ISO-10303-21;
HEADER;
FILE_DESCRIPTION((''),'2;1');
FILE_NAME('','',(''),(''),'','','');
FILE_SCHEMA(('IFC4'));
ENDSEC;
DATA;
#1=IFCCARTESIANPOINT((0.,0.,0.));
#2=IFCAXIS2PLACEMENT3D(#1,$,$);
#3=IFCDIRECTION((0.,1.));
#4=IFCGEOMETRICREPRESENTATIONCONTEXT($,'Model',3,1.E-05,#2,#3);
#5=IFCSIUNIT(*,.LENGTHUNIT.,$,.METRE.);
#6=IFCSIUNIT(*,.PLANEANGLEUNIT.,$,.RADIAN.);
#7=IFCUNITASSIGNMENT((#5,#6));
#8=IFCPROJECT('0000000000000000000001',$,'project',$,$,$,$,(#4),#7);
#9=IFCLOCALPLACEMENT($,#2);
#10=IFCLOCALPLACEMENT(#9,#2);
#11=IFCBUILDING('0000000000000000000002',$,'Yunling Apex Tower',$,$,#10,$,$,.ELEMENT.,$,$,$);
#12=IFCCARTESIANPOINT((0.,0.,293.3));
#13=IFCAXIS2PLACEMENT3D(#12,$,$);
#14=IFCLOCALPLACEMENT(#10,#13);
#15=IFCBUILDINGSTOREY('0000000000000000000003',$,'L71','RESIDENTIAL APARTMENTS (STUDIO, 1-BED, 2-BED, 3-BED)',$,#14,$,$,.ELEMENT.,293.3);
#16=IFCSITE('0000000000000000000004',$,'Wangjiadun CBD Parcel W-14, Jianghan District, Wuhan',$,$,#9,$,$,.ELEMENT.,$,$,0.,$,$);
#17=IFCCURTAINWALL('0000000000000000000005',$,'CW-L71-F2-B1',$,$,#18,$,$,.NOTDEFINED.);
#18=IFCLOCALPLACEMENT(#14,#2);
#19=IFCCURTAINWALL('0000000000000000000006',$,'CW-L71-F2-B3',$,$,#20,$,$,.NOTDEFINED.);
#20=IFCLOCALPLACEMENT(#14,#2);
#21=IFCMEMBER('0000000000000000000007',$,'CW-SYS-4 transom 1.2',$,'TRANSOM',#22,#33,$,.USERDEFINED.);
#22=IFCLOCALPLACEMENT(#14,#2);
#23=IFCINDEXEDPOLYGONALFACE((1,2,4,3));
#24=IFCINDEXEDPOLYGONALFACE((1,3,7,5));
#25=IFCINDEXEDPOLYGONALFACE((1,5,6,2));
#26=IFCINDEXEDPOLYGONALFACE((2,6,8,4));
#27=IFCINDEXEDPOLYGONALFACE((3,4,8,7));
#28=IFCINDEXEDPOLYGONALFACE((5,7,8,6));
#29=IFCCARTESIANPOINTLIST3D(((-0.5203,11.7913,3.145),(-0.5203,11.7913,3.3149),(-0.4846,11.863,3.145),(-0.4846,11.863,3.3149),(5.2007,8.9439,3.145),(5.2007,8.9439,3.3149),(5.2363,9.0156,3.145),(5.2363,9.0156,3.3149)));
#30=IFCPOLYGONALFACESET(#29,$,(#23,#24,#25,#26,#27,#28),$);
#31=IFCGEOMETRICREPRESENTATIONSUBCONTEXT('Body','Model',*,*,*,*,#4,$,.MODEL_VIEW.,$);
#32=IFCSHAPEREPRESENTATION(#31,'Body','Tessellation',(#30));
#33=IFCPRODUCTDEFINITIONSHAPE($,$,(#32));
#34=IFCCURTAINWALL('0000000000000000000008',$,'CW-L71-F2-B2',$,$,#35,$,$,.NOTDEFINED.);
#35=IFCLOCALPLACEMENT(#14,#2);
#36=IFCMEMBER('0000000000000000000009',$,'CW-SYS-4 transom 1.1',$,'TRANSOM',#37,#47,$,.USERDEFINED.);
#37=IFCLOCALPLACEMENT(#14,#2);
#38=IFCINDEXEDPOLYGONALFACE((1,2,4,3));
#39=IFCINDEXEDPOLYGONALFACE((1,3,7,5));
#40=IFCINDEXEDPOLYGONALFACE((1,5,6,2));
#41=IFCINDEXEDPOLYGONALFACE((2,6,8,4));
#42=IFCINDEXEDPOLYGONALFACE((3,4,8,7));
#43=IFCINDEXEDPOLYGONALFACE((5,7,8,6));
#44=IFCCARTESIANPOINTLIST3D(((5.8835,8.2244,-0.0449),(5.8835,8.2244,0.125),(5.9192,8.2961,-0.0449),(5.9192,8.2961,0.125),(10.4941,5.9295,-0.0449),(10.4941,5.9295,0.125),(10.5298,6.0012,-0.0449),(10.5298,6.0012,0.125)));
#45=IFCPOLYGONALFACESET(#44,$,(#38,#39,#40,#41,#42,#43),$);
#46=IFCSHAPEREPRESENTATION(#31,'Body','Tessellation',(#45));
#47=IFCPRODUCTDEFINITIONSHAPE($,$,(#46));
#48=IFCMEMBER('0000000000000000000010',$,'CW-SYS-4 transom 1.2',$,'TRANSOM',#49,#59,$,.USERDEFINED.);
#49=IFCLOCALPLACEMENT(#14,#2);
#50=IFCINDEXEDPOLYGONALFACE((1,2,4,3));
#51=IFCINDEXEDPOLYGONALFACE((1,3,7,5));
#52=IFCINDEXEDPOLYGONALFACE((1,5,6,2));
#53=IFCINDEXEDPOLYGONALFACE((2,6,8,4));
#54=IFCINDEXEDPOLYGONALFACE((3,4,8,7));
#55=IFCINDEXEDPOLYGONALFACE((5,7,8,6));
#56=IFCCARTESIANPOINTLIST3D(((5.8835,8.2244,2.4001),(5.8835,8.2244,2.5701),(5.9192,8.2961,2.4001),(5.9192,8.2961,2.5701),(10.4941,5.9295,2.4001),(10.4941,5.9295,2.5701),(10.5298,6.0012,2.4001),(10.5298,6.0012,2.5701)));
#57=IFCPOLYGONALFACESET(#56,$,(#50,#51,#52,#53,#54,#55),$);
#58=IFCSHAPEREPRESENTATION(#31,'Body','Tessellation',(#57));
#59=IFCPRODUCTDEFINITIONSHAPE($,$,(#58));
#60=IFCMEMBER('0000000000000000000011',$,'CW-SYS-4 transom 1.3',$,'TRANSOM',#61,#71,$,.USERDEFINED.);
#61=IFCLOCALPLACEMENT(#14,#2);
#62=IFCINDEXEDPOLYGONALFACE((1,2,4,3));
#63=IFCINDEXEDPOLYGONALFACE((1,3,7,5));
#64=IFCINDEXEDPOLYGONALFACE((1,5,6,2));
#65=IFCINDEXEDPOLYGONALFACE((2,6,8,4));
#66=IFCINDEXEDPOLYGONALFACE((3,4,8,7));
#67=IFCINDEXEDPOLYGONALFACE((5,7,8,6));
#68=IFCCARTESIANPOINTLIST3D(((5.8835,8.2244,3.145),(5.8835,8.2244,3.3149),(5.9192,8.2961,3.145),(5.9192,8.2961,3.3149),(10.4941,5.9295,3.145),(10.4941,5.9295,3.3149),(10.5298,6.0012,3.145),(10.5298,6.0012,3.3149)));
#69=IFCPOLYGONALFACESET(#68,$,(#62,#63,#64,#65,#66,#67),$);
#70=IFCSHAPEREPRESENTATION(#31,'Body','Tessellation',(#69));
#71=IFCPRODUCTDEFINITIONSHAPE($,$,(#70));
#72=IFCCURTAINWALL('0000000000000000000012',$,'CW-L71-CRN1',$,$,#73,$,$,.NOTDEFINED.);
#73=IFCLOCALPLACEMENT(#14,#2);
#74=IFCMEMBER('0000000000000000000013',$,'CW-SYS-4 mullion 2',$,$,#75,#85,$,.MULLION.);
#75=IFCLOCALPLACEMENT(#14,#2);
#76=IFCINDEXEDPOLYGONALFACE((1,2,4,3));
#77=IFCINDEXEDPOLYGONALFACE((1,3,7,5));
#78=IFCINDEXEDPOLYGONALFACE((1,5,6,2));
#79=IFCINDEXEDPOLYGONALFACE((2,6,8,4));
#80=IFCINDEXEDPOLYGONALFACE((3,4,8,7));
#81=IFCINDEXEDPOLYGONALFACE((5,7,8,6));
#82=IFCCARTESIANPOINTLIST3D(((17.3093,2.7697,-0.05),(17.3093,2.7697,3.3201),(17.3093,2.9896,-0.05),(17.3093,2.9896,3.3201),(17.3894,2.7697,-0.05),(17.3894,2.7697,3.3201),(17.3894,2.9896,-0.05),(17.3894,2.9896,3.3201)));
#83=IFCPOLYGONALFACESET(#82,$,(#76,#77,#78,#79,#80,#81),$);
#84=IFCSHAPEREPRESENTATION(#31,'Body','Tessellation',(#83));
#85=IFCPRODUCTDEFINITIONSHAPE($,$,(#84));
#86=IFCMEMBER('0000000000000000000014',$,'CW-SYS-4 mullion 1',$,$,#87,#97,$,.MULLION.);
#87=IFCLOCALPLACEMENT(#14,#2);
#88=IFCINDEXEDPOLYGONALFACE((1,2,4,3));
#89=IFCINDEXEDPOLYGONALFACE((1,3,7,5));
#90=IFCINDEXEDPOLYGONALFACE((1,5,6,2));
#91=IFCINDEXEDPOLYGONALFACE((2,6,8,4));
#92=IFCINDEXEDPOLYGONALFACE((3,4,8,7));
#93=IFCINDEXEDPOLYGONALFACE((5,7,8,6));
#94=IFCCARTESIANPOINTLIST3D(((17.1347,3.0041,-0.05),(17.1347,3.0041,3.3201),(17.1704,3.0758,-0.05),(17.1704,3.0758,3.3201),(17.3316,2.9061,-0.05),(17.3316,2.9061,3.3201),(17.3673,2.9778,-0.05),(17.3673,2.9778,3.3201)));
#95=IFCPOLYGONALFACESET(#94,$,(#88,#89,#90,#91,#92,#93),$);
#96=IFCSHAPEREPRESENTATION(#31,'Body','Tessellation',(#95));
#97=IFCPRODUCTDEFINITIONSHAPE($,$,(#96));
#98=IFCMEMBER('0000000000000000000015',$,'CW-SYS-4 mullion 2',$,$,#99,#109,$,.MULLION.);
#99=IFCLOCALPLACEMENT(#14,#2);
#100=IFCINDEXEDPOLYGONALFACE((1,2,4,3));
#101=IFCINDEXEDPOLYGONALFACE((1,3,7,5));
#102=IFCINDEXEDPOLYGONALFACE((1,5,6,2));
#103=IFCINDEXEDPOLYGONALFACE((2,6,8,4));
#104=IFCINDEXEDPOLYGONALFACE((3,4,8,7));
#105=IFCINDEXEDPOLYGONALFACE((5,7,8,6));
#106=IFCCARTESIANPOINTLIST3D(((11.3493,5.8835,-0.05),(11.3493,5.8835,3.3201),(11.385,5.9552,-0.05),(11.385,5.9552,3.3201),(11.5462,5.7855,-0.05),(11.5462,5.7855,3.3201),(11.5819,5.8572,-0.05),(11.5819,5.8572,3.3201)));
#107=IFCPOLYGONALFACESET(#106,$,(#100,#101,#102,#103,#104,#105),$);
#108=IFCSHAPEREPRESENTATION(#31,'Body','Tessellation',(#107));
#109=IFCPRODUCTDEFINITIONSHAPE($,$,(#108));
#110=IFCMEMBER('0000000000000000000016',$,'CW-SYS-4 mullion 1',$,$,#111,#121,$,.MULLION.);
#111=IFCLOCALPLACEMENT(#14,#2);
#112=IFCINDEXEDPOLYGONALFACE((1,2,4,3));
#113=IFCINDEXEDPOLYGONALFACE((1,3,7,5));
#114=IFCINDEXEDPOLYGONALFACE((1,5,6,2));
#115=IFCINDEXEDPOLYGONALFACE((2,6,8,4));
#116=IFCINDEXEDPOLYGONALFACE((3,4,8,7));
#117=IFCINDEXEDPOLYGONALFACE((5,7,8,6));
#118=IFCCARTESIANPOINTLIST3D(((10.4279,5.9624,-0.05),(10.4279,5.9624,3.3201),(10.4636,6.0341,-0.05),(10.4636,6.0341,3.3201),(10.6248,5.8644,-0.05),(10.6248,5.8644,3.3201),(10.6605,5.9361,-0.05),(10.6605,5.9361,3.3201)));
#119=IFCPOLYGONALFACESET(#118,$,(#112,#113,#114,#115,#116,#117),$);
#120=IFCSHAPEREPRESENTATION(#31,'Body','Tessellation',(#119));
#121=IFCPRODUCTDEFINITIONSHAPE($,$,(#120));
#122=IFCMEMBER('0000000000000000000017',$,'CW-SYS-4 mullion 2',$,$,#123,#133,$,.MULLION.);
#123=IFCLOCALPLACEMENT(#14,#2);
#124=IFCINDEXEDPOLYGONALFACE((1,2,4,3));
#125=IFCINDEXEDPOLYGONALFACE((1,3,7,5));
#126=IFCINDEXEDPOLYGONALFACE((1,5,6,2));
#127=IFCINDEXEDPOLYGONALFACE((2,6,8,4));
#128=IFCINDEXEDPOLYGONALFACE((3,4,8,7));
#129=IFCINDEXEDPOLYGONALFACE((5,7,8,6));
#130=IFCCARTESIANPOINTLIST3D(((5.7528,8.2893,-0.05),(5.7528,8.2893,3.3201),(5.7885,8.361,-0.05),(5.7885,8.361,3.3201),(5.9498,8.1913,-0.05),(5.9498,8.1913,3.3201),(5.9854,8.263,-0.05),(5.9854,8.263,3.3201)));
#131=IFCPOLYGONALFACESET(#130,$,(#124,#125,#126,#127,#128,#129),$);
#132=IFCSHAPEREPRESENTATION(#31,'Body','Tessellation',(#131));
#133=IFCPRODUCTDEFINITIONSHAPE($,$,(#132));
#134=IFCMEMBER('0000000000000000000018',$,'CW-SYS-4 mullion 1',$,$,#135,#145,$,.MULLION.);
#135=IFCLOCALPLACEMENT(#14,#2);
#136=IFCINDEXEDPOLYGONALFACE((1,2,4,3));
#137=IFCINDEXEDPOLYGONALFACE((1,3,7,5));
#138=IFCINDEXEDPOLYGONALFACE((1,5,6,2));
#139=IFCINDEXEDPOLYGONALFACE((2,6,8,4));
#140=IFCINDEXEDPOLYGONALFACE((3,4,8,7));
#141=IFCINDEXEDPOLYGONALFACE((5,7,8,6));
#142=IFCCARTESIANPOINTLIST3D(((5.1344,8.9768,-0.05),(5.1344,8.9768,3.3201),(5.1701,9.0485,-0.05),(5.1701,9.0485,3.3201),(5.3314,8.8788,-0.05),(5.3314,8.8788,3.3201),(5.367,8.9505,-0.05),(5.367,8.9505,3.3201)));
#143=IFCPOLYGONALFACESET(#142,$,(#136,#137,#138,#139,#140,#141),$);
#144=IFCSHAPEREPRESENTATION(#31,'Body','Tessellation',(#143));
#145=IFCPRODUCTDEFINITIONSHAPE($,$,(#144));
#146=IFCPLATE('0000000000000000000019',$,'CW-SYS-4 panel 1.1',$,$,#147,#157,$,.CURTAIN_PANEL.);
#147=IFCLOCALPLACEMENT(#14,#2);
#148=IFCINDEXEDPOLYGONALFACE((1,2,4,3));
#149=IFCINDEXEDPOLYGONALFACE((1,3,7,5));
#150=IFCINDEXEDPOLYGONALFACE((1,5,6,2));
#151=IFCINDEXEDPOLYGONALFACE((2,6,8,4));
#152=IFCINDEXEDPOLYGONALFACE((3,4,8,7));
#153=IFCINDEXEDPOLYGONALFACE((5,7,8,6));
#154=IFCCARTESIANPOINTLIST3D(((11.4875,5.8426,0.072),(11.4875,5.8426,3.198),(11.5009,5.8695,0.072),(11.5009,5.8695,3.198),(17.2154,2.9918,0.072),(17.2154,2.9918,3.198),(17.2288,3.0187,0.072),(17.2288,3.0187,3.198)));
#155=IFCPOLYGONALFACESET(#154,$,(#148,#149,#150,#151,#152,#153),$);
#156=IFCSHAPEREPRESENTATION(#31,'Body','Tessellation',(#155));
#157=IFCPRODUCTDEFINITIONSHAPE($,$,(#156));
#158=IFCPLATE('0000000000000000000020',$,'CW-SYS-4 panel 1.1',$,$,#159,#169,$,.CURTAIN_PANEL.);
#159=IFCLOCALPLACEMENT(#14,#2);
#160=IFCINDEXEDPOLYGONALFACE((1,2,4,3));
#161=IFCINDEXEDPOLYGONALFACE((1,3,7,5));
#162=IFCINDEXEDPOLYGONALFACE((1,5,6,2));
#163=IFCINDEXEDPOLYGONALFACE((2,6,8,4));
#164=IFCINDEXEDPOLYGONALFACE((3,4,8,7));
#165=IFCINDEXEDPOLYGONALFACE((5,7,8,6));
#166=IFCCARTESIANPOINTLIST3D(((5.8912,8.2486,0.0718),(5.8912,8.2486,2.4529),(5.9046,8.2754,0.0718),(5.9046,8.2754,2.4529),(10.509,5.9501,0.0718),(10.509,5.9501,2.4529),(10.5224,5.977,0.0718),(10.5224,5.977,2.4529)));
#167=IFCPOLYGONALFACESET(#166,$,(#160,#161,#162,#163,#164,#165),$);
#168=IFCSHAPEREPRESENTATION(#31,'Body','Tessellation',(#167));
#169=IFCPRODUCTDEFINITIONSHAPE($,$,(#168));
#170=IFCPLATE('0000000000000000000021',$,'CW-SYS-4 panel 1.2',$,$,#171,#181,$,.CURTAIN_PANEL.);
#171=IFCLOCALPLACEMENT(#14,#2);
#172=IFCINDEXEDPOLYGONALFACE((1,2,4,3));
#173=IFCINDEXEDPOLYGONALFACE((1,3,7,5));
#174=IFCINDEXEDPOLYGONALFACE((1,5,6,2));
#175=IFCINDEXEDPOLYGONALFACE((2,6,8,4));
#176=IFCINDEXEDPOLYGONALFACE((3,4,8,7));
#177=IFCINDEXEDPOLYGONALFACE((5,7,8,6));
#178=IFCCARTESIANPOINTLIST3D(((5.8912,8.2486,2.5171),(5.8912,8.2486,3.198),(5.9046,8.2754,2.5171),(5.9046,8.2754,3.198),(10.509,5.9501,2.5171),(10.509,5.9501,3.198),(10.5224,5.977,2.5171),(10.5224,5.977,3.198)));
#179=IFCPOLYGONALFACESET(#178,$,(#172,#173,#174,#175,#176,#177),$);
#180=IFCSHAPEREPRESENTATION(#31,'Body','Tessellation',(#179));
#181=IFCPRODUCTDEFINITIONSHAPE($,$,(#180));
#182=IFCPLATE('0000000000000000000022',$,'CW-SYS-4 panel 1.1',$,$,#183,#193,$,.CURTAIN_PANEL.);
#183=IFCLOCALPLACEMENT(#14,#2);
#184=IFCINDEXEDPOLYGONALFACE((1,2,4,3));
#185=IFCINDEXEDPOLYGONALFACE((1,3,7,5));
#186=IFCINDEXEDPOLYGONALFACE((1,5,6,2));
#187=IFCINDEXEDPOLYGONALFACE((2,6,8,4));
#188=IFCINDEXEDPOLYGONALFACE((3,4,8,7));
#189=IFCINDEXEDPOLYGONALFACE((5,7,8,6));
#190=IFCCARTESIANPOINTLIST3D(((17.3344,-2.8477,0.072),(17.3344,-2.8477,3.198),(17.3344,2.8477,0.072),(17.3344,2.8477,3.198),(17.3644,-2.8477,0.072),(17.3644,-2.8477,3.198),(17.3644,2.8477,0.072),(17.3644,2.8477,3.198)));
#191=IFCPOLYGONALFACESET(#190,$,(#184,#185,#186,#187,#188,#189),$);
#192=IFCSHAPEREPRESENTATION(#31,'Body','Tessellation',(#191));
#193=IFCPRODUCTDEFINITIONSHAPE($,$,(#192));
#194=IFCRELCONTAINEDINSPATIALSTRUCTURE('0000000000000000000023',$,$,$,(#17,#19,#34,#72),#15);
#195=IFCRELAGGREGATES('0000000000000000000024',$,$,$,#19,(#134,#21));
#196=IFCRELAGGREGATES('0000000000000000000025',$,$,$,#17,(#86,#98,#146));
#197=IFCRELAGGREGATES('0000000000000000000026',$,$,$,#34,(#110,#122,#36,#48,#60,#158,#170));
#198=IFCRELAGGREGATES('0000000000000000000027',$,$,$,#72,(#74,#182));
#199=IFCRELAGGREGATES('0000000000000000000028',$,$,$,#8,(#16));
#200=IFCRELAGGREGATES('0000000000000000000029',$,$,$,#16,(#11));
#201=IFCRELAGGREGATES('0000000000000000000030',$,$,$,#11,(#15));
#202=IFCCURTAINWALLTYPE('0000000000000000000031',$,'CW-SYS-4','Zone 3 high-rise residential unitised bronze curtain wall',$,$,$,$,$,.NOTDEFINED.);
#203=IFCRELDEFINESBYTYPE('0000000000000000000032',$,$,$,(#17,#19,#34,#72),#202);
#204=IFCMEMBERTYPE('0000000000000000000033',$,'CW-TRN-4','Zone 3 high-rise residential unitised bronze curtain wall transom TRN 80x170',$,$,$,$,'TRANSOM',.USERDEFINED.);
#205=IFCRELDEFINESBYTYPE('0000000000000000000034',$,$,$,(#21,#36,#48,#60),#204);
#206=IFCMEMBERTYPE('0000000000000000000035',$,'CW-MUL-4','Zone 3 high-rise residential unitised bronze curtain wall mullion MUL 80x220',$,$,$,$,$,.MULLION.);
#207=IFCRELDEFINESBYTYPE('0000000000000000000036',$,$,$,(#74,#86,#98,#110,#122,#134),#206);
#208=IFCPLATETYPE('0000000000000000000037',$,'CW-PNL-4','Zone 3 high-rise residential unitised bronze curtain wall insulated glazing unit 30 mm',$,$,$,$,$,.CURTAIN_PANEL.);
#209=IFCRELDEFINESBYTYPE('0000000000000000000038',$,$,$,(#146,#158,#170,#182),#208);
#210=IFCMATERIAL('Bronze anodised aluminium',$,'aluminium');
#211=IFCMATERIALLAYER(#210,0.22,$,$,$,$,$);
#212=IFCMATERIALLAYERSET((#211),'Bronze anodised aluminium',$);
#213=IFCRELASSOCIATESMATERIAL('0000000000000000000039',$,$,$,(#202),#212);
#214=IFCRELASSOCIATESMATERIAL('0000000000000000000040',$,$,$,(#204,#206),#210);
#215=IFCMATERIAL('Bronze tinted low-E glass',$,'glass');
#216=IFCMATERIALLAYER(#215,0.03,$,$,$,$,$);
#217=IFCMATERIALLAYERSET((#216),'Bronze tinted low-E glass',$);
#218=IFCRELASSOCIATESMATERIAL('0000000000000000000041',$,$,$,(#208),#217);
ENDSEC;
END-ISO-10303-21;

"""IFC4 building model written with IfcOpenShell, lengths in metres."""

from ifc_helpers import new_model, si_unit, direction, frame, origin, origin_2d, place, context, subcontext, project, spatial, rectangle, extrude, source, transform, mapped, material, layer, layer_set, material_profile, profile_set, type_object, element, aggregate, save


model = new_model("IFC4")

# Units and contexts
model_context = context("Model", 3, precision=1e-05, world=origin(), true_north=direction((0.0, 1.0)))
body_context = subcontext(model_context, "Body", "Model", "MODEL_VIEW")
ifc_project = project(units=[si_unit("LENGTHUNIT", "METRE"), si_unit("PLANEANGLEUNIT", "RADIAN")], contexts=[model_context])

# Site, building, storey
site_placement = place(None, origin())
site = spatial("IfcSite", under=ifc_project, at=site_placement, Name="Wangjiadun CBD Parcel W-14, Jianghan District, Wuhan", CompositionType="ELEMENT", RefElevation=0.0)
building_placement = place(site_placement, origin())
building = spatial("IfcBuilding", under=site, at=building_placement, Name="Yunling Apex Tower", CompositionType="ELEMENT")
storey_placement = place(building_placement, frame((0.0, 0.0, 293.3)))
storey = spatial("IfcBuildingStorey", under=building, at=storey_placement, Name="L71", Description="RESIDENTIAL APARTMENTS (STUDIO, 1-BED, 2-BED, 3-BED)", CompositionType="ELEMENT", Elevation=293.3)

# Curtain walls, members
ifc_material_1 = material(Name="Bronze anodised aluminium", Category="aluminium")
ifc_layer_1 = layer(ifc_material_1, 0.22)
ifc_layer_set_1 = layer_set([ifc_layer_1], Name="Bronze anodised aluminium")
curtain_wall_type = type_object("IfcCurtainWallType", Name="CW-SYS-4", Description="Zone 3 high-rise residential unitised bronze curtain wall", PredefinedType="NOTDEFINED", material=ifc_layer_set_1)
curtain_wall_1_placement = place(storey_placement, origin())
curtain_wall_1 = element("IfcCurtainWall", 1, at=curtain_wall_1_placement, inside=storey, type_object=curtain_wall_type, Name="CW-L71-F2-B1", PredefinedType="NOTDEFINED")
ifc_material_profile_1 = material_profile(ifc_material_1, rectangle(XDim=0.0801, YDim=0.1699, at=origin_2d()))
ifc_profile_set_1 = profile_set([ifc_material_profile_1], Name="Bronze anodised aluminium")
member_type_1 = type_object("IfcMemberType", Name="CW-TRN-4", Description="Zone 3 high-rise residential unitised bronze curtain wall transom TRN 80x170", ElementType="TRANSOM", PredefinedType="USERDEFINED", material=ifc_profile_set_1)
shared_shape_1 = source(origin(), body_context, "Body", "SweptSolid", [
    extrude(rectangle(XDim=0.0801, YDim=0.1699, at=origin_2d()), origin(), (0.0, 0.0, 1.0), 6.3904),
])
curtain_wall_2_placement = place(storey_placement, origin())
curtain_wall_2 = element("IfcCurtainWall", 2, at=curtain_wall_2_placement, inside=storey, type_object=curtain_wall_type, Name="CW-L71-F2-B3", PredefinedType="NOTDEFINED")
member_1_placement = place(storey_placement, frame((5.2185, 8.9797, 3.23), z_axis=(-0.895243, 0.445578, 0.0), x_axis=(-0.445578, -0.895243, 0.0)))
member_1 = element("IfcMember", 3, at=member_1_placement, type_object=member_type_1, Name="CW-SYS-4 transom 1.2", ObjectType="TRANSOM", PredefinedType="USERDEFINED", context=body_context, shape_type="MappedRepresentation", body=[
    mapped(shared_shape_1, transform((0.0, 0.0, 0.0), scale=1.0)),
])
curtain_wall_3_placement = place(storey_placement, origin())
curtain_wall_3 = element("IfcCurtainWall", 4, at=curtain_wall_3_placement, inside=storey, type_object=curtain_wall_type, Name="CW-L71-F2-B2", PredefinedType="NOTDEFINED")
shared_shape_2 = source(origin(), body_context, "Body", "SweptSolid", [
    extrude(rectangle(XDim=0.0801, YDim=0.1699, at=origin_2d()), origin(), (0.0, 0.0, 1.0), 5.1501),
])
member_2_placement = place(storey_placement, frame((10.512, 5.9653, 0.04), z_axis=(-0.895232, 0.445601, 0.0), x_axis=(-0.445601, -0.895232, 0.0)))
member_2 = element("IfcMember", 5, at=member_2_placement, type_object=member_type_1, Name="CW-SYS-4 transom 1.1", ObjectType="TRANSOM", PredefinedType="USERDEFINED", context=body_context, shape_type="MappedRepresentation", body=[
    mapped(shared_shape_2, transform((0.0, 0.0, 0.0), scale=1.0)),
])
member_3_placement = place(storey_placement, frame((10.512, 5.9653, 2.4851), z_axis=(-0.895232, 0.445601, 0.0), x_axis=(-0.445601, -0.895232, 0.0)))
member_3 = element("IfcMember", 6, at=member_3_placement, type_object=member_type_1, Name="CW-SYS-4 transom 1.2", ObjectType="TRANSOM", PredefinedType="USERDEFINED", context=body_context, shape_type="MappedRepresentation", body=[
    mapped(shared_shape_2, transform((0.0, 0.0, 0.0), scale=1.0)),
])
member_4_placement = place(storey_placement, frame((10.512, 5.9653, 3.23), z_axis=(-0.895232, 0.445601, 0.0), x_axis=(-0.445601, -0.895232, 0.0)))
member_4 = element("IfcMember", 7, at=member_4_placement, type_object=member_type_1, Name="CW-SYS-4 transom 1.3", ObjectType="TRANSOM", PredefinedType="USERDEFINED", context=body_context, shape_type="MappedRepresentation", body=[
    mapped(shared_shape_2, transform((0.0, 0.0, 0.0), scale=1.0)),
])

# Curtain wall, member
curtain_wall_4_placement = place(storey_placement, origin())
curtain_wall_4 = element("IfcCurtainWall", 8, at=curtain_wall_4_placement, inside=storey, type_object=curtain_wall_type, Name="CW-L71-CRN1", PredefinedType="NOTDEFINED")
ifc_material_profile_2 = material_profile(ifc_material_1, rectangle(XDim=0.0801, YDim=0.22, at=origin_2d()))
ifc_profile_set_2 = profile_set([ifc_material_profile_2], Name="Bronze anodised aluminium")
member_type_2 = type_object("IfcMemberType", Name="CW-MUL-4", Description="Zone 3 high-rise residential unitised bronze curtain wall mullion MUL 80x220", PredefinedType="MULLION", material=ifc_profile_set_2)
shared_shape_3 = source(origin(), body_context, "Body", "SweptSolid", [
    extrude(rectangle(XDim=0.0801, YDim=0.22, at=origin_2d()), origin(), (0.0, 0.0, 1.0), 3.3701),
])
member_5_placement = place(storey_placement, frame((17.3494, 2.8796, -0.05), z_axis=(0.0, 0.0, 1.0), x_axis=(-1.0, 0.0, 0.0)))
member_5 = element("IfcMember", 9, at=member_5_placement, type_object=member_type_2, Name="CW-SYS-4 mullion 2", PredefinedType="MULLION", context=body_context, shape_type="MappedRepresentation", body=[
    mapped(shared_shape_3, transform((0.0, 0.0, 0.0), scale=1.0)),
])

# Members
member_6_placement = place(storey_placement, frame((17.251, 2.991, -0.05), z_axis=(0.0, 0.0, 1.0), x_axis=(-0.445568, -0.895248, 0.0)))
member_6 = element("IfcMember", 10, at=member_6_placement, type_object=member_type_2, Name="CW-SYS-4 mullion 1", PredefinedType="MULLION", context=body_context, shape_type="MappedRepresentation", body=[
    mapped(shared_shape_3, transform((0.0, 0.0, 0.0), scale=1.0)),
])
member_7_placement = place(storey_placement, frame((11.4656, 5.8704, -0.05), z_axis=(0.0, 0.0, 1.0), x_axis=(-0.445568, -0.895248, 0.0)))
member_7 = element("IfcMember", 11, at=member_7_placement, type_object=member_type_2, Name="CW-SYS-4 mullion 2", PredefinedType="MULLION", context=body_context, shape_type="MappedRepresentation", body=[
    mapped(shared_shape_3, transform((0.0, 0.0, 0.0), scale=1.0)),
])
member_8_placement = place(storey_placement, frame((10.5442, 5.9492, -0.05), z_axis=(0.0, 0.0, 1.0), x_axis=(-0.445583, -0.89524, 0.0)))
member_8 = element("IfcMember", 12, at=member_8_placement, type_object=member_type_2, Name="CW-SYS-4 mullion 1", PredefinedType="MULLION", context=body_context, shape_type="MappedRepresentation", body=[
    mapped(shared_shape_3, transform((0.0, 0.0, 0.0), scale=1.0)),
])
member_9_placement = place(storey_placement, frame((5.8691, 8.2761, -0.05), z_axis=(0.0, 0.0, 1.0), x_axis=(-0.445583, -0.89524, 0.0)))
member_9 = element("IfcMember", 13, at=member_9_placement, type_object=member_type_2, Name="CW-SYS-4 mullion 2", PredefinedType="MULLION", context=body_context, shape_type="MappedRepresentation", body=[
    mapped(shared_shape_3, transform((0.0, 0.0, 0.0), scale=1.0)),
])
member_10_placement = place(storey_placement, frame((5.2507, 8.9636, -0.05), z_axis=(0.0, 0.0, 1.0), x_axis=(-0.445562, -0.895251, 0.0)))
member_10 = element("IfcMember", 14, at=member_10_placement, type_object=member_type_2, Name="CW-SYS-4 mullion 1", PredefinedType="MULLION", context=body_context, shape_type="MappedRepresentation", body=[
    mapped(shared_shape_3, transform((0.0, 0.0, 0.0), scale=1.0)),
])
aggregate(curtain_wall_2, [member_10, member_1])

# Plates
ifc_material_2 = material(Name="Bronze tinted low-E glass", Category="glass")
ifc_layer_2 = layer(ifc_material_2, 0.03)
ifc_layer_set_2 = layer_set([ifc_layer_2], Name="Bronze tinted low-E glass")
plate_type = type_object("IfcPlateType", Name="CW-PNL-4", Description="Zone 3 high-rise residential unitised bronze curtain wall insulated glazing unit 30 mm", PredefinedType="CURTAIN_PANEL", material=ifc_layer_set_2)
shared_shape_4 = source(origin(), body_context, "Body", "SweptSolid", [
    extrude(rectangle(XDim=6.3982, YDim=0.03, at=origin_2d()), origin(), (0.0, 0.0, 1.0), 3.126),
])
plate_1_placement = place(storey_placement, frame((14.3582, 4.4307, 0.072), z_axis=(0.0, 0.0, 1.0), x_axis=(-0.895248, 0.445568, 0.0)))
plate_1 = element("IfcPlate", 15, at=plate_1_placement, type_object=plate_type, Name="CW-SYS-4 panel 1.1", PredefinedType="CURTAIN_PANEL", context=body_context, shape_type="MappedRepresentation", body=[
    mapped(shared_shape_4, transform((0.0, 0.0, 0.0), scale=1.0)),
])
aggregate(curtain_wall_1, [member_6, member_7, plate_1])
shared_shape_5 = source(origin(), body_context, "Body", "SweptSolid", [
    extrude(rectangle(XDim=5.1582, YDim=0.03, at=origin_2d()), origin(), (0.0, 0.0, 1.0), 2.3811),
])
plate_2_placement = place(storey_placement, frame((8.2068, 7.1128, 0.0718), z_axis=(0.0, 0.0, 1.0), x_axis=(-0.89524, 0.445583, 0.0)))
plate_2 = element("IfcPlate", 16, at=plate_2_placement, type_object=plate_type, Name="CW-SYS-4 panel 1.1", PredefinedType="CURTAIN_PANEL", context=body_context, shape_type="MappedRepresentation", body=[
    mapped(shared_shape_5, transform((0.0, 0.0, 0.0), scale=1.0)),
])
shared_shape_6 = source(origin(), body_context, "Body", "SweptSolid", [
    extrude(rectangle(XDim=5.1582, YDim=0.03, at=origin_2d()), origin(), (0.0, 0.0, 1.0), 0.6809),
])
plate_3_placement = place(storey_placement, frame((8.2068, 7.1128, 2.5171), z_axis=(0.0, 0.0, 1.0), x_axis=(-0.89524, 0.445583, 0.0)))
plate_3 = element("IfcPlate", 17, at=plate_3_placement, type_object=plate_type, Name="CW-SYS-4 panel 1.2", PredefinedType="CURTAIN_PANEL", context=body_context, shape_type="MappedRepresentation", body=[
    mapped(shared_shape_6, transform((0.0, 0.0, 0.0), scale=1.0)),
])
aggregate(curtain_wall_3, [member_8, member_9, member_2, member_3, member_4, plate_2, plate_3])
shared_shape_7 = source(origin(), body_context, "Body", "SweptSolid", [
    extrude(rectangle(XDim=5.6953, YDim=0.03, at=origin_2d()), origin(), (0.0, 0.0, 1.0), 3.126),
])
plate_4_placement = place(storey_placement, frame((17.3494, 0.0, 0.072), z_axis=(0.0, 0.0, 1.0), x_axis=(0.0, 1.0, 0.0)))
plate_4 = element("IfcPlate", 18, at=plate_4_placement, type_object=plate_type, Name="CW-SYS-4 panel 1.1", PredefinedType="CURTAIN_PANEL", context=body_context, shape_type="MappedRepresentation", body=[
    mapped(shared_shape_7, transform((0.0, 0.0, 0.0), scale=1.0)),
])
aggregate(curtain_wall_4, [member_5, plate_4])

save(model, "model.ifc")
